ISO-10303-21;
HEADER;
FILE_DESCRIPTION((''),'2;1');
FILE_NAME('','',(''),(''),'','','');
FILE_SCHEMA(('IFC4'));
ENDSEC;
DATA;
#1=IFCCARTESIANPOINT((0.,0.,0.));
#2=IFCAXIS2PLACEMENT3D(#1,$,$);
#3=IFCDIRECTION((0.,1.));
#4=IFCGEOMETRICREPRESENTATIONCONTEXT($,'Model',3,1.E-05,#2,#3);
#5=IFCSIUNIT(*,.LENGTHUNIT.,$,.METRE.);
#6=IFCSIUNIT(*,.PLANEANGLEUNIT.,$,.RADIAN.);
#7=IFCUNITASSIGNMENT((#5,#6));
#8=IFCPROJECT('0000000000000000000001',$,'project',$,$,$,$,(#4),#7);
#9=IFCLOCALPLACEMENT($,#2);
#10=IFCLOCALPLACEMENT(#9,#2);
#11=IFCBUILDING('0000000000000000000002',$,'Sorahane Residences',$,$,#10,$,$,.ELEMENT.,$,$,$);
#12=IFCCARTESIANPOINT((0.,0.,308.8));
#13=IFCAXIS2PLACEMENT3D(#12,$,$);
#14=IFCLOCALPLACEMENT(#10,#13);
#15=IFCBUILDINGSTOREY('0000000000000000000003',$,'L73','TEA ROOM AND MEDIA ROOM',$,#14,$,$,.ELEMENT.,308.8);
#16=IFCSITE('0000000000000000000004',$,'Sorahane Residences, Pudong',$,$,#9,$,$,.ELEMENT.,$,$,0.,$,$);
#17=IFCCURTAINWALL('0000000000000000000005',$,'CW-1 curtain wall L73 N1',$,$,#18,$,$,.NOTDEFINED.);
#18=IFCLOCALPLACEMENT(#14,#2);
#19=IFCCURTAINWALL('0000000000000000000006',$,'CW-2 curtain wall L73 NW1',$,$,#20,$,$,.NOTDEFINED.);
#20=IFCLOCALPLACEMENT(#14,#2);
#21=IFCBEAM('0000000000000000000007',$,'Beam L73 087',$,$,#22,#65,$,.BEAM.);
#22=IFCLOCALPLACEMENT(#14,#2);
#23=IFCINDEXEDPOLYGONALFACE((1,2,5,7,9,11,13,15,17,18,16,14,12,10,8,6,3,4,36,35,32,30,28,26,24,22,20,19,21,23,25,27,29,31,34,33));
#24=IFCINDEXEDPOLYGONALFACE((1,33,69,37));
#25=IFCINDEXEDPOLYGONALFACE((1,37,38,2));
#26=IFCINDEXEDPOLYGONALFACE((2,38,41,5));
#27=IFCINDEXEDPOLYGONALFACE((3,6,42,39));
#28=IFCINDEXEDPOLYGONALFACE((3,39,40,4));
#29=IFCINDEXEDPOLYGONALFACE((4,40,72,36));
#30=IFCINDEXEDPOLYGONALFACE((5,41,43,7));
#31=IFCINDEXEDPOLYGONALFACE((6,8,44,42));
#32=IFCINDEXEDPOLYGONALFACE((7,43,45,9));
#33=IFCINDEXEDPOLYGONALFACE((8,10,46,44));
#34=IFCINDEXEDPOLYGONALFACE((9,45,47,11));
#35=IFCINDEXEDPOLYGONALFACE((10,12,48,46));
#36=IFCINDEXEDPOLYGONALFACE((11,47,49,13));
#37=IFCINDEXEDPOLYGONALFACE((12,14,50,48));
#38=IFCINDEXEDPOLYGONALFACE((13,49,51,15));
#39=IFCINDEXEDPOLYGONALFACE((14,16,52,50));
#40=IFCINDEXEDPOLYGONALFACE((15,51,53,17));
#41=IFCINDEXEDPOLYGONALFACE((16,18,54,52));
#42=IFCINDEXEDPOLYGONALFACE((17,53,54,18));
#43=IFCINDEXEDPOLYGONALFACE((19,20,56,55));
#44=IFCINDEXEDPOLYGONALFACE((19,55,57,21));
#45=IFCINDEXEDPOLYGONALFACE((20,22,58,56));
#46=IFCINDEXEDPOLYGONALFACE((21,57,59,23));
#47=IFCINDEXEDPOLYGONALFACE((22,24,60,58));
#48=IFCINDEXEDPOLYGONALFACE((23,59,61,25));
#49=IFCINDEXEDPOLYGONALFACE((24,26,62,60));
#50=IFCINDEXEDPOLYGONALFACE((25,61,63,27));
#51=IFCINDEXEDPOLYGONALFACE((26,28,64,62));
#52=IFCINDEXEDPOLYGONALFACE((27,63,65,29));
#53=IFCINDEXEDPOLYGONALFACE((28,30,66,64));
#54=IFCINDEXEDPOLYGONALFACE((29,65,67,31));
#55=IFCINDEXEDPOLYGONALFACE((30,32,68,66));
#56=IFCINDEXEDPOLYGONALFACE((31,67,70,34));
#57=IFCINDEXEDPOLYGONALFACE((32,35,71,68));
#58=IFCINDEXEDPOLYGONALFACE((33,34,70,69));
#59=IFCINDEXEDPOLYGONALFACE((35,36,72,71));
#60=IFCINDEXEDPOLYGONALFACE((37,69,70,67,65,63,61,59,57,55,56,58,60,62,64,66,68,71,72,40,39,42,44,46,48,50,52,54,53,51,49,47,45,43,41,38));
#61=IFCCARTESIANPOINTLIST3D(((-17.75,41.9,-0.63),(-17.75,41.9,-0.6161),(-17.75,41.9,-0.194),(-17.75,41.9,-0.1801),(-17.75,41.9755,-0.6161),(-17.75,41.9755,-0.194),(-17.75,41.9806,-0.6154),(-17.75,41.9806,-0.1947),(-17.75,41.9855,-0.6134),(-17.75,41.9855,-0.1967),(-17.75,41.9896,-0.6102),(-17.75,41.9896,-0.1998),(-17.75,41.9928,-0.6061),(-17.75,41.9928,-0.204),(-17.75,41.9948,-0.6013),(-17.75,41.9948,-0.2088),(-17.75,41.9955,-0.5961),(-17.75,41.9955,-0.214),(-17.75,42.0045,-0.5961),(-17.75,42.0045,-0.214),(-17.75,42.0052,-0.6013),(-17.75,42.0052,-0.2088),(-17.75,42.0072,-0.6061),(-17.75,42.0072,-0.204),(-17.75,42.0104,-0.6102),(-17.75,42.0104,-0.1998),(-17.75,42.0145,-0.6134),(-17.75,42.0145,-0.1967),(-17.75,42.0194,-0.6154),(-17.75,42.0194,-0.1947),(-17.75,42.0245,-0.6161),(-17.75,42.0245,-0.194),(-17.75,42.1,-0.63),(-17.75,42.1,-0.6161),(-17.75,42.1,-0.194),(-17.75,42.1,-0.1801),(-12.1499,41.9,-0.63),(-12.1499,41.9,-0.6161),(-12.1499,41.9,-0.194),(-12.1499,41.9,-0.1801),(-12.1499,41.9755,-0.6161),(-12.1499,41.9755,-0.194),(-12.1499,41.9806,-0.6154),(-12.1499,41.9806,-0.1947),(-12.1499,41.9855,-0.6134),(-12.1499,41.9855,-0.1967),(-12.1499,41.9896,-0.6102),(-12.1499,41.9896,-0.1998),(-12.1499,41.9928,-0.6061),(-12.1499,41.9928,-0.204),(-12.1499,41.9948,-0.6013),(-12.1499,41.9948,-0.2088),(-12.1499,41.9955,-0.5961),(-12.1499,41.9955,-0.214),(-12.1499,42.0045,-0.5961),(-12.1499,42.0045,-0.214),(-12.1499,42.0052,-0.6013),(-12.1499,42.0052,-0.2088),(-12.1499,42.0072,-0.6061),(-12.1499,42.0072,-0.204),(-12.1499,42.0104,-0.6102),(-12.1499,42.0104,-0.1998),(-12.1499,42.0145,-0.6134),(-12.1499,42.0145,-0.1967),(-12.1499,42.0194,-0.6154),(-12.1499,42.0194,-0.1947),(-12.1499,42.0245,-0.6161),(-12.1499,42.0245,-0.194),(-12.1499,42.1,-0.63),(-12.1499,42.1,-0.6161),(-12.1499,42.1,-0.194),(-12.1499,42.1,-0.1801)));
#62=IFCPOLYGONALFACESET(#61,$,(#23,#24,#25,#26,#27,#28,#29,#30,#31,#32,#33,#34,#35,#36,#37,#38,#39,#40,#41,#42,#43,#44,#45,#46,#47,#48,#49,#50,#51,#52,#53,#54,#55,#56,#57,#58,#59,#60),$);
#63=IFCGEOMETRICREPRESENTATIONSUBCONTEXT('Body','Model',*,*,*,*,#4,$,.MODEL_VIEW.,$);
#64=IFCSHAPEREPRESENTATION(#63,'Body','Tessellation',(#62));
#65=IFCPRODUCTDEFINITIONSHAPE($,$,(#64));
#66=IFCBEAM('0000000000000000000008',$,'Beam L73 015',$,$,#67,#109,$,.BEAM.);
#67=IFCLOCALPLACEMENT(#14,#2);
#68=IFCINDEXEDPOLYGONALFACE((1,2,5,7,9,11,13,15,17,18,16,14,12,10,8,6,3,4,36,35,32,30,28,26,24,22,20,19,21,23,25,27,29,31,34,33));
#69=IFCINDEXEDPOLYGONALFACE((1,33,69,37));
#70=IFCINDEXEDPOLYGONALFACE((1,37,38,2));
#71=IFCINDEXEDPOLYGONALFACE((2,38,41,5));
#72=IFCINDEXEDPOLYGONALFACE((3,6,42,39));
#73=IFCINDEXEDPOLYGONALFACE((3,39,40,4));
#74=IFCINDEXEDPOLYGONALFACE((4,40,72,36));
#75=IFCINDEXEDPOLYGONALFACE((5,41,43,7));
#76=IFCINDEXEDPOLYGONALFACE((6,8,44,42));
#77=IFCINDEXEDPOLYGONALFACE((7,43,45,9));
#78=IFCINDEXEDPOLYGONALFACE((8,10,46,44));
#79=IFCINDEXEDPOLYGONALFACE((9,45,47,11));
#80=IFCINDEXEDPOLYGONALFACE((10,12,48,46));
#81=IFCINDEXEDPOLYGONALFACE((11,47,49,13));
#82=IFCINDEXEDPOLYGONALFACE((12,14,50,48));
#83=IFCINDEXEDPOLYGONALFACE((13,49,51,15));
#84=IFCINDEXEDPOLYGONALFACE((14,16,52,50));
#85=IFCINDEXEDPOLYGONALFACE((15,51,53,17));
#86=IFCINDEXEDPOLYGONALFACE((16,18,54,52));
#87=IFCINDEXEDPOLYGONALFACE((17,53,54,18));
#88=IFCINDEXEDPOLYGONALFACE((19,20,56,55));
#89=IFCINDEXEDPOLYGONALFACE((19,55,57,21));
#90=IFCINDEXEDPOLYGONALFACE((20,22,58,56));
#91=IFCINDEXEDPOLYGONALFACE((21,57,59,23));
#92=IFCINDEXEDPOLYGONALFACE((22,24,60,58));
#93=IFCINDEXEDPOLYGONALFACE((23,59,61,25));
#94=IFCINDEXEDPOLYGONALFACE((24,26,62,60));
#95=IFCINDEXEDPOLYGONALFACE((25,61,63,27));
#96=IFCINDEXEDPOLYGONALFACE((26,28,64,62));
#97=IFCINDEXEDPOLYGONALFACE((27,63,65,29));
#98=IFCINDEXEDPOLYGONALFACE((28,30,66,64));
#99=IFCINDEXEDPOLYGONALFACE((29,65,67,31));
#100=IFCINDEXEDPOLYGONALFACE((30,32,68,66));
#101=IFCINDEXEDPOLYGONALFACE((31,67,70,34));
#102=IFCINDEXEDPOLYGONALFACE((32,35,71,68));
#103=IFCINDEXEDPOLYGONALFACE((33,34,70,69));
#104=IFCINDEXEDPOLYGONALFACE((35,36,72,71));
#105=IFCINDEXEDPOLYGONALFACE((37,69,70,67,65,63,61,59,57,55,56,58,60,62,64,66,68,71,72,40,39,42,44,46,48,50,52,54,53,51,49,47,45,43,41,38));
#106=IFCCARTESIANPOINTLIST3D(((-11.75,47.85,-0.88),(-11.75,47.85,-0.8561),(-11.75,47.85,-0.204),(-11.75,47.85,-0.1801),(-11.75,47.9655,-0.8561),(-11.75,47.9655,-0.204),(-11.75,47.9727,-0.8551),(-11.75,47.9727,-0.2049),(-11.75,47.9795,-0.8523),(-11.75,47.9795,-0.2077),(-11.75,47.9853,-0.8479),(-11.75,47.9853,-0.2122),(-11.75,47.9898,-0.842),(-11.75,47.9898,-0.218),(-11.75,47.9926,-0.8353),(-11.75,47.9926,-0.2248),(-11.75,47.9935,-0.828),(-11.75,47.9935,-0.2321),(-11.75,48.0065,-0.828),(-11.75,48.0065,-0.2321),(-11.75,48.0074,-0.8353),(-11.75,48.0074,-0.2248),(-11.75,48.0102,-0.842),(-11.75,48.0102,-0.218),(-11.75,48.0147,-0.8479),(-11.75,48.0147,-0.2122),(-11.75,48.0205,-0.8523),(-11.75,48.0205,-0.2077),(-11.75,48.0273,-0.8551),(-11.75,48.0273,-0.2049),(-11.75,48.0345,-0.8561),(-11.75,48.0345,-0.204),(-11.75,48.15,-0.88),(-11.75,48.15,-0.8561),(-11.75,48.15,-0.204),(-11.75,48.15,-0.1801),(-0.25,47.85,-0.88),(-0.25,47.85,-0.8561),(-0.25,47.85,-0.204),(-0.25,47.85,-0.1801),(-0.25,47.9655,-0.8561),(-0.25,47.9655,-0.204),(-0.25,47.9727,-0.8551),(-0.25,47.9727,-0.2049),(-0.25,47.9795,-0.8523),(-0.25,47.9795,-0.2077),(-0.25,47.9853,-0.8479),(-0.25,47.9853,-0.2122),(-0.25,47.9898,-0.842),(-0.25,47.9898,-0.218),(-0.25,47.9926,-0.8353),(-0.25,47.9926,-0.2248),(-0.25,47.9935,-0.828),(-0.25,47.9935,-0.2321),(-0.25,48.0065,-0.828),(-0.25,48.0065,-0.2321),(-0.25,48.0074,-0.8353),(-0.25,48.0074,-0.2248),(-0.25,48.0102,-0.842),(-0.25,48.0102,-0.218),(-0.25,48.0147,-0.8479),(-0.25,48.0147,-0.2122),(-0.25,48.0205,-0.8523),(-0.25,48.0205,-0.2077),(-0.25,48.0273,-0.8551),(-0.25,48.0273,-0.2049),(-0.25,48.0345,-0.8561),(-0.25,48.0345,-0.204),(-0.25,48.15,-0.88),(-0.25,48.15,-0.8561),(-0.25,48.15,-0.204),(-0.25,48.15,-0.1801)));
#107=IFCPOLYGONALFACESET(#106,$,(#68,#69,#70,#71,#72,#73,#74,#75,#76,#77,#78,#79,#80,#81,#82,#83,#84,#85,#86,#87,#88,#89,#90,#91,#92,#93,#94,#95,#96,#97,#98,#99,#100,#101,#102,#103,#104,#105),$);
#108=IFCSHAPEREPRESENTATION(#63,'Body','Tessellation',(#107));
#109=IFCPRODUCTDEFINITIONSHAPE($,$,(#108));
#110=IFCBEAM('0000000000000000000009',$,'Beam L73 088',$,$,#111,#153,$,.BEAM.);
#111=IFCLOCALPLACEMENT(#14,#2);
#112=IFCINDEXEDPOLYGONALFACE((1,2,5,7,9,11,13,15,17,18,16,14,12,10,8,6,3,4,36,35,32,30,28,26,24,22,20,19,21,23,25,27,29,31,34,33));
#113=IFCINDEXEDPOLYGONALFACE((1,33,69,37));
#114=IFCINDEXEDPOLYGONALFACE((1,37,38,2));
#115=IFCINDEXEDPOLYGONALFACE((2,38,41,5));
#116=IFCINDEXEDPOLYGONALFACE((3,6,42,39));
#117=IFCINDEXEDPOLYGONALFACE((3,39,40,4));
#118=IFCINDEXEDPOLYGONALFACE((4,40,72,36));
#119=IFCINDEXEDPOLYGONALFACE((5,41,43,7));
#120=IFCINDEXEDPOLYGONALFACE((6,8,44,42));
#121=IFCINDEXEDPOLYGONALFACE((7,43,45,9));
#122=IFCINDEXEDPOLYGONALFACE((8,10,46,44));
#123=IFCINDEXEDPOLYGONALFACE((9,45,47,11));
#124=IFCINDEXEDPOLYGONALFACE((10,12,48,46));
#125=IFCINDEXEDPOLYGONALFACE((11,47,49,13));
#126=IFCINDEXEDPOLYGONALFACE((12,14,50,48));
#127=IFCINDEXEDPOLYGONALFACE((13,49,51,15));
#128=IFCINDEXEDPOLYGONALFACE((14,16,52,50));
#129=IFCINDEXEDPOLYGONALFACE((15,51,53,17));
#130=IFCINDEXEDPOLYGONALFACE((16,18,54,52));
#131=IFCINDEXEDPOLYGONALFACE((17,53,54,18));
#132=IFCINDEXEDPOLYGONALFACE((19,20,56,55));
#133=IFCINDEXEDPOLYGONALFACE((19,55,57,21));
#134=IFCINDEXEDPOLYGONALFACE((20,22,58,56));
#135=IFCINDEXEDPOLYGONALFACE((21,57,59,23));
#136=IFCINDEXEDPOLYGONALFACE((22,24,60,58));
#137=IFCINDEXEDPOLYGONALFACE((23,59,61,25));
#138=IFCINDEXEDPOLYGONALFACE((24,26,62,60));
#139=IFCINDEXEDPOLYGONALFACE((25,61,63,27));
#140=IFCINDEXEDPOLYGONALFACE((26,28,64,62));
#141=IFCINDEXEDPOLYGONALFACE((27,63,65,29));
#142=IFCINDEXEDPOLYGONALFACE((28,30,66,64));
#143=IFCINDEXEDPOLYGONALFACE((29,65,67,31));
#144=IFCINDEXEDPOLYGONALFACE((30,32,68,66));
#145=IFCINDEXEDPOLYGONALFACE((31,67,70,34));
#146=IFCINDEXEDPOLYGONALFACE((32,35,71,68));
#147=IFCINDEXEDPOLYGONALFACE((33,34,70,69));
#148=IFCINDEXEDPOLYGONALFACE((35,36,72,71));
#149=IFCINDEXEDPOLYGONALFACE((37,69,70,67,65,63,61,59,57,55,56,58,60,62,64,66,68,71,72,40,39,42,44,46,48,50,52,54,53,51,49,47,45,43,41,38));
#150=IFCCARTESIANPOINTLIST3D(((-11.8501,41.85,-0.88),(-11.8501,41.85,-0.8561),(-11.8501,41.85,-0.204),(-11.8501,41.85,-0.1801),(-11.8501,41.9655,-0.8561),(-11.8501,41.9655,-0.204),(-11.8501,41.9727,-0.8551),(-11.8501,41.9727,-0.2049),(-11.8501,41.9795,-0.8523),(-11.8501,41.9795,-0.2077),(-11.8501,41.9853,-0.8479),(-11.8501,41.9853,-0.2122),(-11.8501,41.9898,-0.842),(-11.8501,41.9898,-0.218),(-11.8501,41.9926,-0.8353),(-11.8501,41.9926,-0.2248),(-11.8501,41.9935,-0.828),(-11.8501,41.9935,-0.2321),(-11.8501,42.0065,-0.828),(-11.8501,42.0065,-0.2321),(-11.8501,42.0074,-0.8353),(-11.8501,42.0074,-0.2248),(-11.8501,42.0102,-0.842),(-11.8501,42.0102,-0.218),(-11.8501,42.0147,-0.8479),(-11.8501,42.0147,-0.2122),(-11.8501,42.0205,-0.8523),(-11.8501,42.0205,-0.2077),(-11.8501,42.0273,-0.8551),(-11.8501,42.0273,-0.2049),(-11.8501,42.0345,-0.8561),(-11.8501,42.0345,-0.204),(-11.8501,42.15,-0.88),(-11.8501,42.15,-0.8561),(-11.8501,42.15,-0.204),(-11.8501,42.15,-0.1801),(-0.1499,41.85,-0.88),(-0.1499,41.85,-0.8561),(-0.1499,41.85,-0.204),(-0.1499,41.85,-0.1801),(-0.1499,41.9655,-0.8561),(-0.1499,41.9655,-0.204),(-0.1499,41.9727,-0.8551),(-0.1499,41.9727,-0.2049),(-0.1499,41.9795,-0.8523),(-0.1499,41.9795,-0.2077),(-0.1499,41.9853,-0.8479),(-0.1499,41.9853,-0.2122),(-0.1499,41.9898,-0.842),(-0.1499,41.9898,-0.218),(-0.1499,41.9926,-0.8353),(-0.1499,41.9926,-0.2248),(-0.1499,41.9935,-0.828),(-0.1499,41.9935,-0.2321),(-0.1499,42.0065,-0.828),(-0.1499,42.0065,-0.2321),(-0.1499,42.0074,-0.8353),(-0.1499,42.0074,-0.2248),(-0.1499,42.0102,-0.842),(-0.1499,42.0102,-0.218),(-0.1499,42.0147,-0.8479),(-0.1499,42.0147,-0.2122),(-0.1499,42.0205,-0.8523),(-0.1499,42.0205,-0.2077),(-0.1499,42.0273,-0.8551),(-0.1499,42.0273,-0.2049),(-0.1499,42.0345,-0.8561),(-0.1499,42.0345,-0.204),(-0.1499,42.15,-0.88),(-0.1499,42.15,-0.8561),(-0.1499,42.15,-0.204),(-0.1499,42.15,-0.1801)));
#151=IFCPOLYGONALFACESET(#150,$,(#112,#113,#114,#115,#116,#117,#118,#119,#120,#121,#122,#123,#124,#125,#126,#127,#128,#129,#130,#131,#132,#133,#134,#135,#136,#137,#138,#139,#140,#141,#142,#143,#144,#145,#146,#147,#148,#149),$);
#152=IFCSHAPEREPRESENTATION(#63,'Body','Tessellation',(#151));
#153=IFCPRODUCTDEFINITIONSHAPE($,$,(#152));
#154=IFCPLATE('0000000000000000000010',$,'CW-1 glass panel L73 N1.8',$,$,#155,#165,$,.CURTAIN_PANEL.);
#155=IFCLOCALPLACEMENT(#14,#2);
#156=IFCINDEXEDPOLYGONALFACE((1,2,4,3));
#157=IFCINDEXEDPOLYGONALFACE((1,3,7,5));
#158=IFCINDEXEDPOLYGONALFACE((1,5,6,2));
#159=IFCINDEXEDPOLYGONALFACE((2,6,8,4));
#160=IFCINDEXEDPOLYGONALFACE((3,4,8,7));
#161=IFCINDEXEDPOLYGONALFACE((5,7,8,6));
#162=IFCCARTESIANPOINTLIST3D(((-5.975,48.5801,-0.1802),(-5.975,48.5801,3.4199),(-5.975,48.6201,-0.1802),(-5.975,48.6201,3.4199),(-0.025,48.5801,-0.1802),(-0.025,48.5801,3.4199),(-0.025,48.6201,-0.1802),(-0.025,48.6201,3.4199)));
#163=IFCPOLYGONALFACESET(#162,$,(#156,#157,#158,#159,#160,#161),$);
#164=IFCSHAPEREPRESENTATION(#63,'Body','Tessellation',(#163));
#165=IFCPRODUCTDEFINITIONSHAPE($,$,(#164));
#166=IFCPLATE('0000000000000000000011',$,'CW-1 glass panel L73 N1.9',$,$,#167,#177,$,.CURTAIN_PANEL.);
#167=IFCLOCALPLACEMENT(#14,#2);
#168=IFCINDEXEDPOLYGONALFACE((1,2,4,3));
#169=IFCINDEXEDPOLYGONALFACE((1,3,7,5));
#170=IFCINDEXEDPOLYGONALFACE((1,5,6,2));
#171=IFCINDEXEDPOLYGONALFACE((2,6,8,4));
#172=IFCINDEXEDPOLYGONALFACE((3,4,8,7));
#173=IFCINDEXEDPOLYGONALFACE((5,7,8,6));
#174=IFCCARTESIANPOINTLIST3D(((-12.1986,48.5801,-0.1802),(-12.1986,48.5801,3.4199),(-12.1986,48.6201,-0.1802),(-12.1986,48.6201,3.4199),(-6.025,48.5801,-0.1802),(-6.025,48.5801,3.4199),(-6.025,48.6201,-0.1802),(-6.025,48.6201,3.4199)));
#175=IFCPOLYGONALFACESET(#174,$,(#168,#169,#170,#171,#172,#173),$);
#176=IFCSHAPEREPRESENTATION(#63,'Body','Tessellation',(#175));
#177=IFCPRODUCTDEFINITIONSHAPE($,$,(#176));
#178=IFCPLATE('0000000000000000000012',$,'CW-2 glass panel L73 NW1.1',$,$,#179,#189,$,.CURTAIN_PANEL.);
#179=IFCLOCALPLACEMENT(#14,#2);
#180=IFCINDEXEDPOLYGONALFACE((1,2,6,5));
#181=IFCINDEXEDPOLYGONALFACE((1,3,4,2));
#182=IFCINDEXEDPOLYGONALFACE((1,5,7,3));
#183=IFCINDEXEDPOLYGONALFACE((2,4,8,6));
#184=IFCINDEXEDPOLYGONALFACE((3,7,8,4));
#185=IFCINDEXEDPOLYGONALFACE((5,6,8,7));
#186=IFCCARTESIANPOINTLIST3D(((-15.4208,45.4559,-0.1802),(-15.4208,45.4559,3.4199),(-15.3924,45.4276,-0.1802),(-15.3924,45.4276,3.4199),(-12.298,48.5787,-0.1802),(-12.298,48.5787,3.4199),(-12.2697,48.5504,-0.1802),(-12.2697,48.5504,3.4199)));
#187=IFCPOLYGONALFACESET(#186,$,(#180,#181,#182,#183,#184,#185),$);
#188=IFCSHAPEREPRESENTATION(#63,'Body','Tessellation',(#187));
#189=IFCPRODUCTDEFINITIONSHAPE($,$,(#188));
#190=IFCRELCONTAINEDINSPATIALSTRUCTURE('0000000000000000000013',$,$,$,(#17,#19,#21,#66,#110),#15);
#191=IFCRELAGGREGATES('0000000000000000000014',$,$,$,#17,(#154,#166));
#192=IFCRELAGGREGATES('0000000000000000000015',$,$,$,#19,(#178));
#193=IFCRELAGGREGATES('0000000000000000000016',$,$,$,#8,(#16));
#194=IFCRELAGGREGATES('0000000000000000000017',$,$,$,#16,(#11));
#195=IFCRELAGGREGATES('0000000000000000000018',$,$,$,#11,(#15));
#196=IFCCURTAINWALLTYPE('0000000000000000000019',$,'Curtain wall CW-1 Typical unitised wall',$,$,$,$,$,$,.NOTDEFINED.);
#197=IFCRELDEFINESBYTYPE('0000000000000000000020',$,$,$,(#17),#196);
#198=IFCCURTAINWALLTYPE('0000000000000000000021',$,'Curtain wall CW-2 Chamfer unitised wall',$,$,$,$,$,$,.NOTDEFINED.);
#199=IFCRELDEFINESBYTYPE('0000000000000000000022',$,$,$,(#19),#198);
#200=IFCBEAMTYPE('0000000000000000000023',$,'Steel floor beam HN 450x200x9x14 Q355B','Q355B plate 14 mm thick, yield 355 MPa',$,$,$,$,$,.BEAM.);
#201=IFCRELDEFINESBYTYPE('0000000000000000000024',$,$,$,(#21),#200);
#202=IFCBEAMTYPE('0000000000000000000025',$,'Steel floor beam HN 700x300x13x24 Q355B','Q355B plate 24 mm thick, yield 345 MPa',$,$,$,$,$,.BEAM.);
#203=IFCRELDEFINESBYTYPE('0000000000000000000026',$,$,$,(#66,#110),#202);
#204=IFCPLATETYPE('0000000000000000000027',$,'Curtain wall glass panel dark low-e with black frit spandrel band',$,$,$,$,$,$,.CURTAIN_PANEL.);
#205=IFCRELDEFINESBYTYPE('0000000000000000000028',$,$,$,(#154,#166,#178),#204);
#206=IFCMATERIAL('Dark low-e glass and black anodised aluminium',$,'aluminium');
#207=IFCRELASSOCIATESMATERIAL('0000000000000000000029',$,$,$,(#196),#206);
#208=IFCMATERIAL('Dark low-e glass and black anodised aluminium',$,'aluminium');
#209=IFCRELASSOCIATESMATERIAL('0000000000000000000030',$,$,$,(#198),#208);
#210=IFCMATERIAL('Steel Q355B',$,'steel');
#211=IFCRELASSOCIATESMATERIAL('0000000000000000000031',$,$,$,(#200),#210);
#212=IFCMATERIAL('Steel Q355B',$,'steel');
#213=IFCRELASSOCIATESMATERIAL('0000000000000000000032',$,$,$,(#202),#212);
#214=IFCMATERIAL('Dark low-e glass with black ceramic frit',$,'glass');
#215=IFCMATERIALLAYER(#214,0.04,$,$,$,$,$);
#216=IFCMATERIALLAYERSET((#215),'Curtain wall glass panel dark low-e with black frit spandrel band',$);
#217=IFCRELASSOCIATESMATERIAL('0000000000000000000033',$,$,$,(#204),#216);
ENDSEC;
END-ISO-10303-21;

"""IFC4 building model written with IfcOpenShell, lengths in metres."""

from ifc_helpers import new_model, si_unit, direction, frame, origin, origin_2d, place, context, subcontext, project, spatial, rectangle, i_section, extrude, material, layer, layer_set, material_profile, profile_set, type_object, element, aggregate, save


model = new_model("IFC4")

# Units and contexts
model_context = context("Model", 3, precision=1e-05, world=origin(), true_north=direction((0.0, 1.0)))
body_context = subcontext(model_context, "Body", "Model", "MODEL_VIEW")
ifc_project = project(units=[si_unit("LENGTHUNIT", "METRE"), si_unit("PLANEANGLEUNIT", "RADIAN")], contexts=[model_context])

# Site, building, storey
site_placement = place(None, origin())
site = spatial("IfcSite", under=ifc_project, at=site_placement, Name="Sorahane Residences, Pudong", CompositionType="ELEMENT", RefElevation=0.0)
building_placement = place(site_placement, origin())
building = spatial("IfcBuilding", under=site, at=building_placement, Name="Sorahane Residences", CompositionType="ELEMENT")
storey_placement = place(building_placement, frame((0.0, 0.0, 308.8)))
storey = spatial("IfcBuildingStorey", under=building, at=storey_placement, Name="L73", Description="TEA ROOM AND MEDIA ROOM", CompositionType="ELEMENT", Elevation=308.8)

# Curtain walls
ifc_material_1 = material(Name="Dark low-e glass and black anodised aluminium", Category="aluminium")
curtain_wall_type_1 = type_object("IfcCurtainWallType", Name="Curtain wall CW-1 Typical unitised wall", PredefinedType="NOTDEFINED", material=ifc_material_1)
curtain_wall_1_placement = place(storey_placement, origin())
curtain_wall_1 = element("IfcCurtainWall", 1, at=curtain_wall_1_placement, inside=storey, type_object=curtain_wall_type_1, Name="CW-1 curtain wall L73 N1", PredefinedType="NOTDEFINED")
ifc_material_2 = material(Name="Dark low-e glass and black anodised aluminium", Category="aluminium")
curtain_wall_type_2 = type_object("IfcCurtainWallType", Name="Curtain wall CW-2 Chamfer unitised wall", PredefinedType="NOTDEFINED", material=ifc_material_2)
curtain_wall_2_placement = place(storey_placement, origin())
curtain_wall_2 = element("IfcCurtainWall", 2, at=curtain_wall_2_placement, inside=storey, type_object=curtain_wall_type_2, Name="CW-2 curtain wall L73 NW1", PredefinedType="NOTDEFINED")

# Beams
ifc_material_3 = material(Name="Steel Q355B", Category="steel")
ifc_material_profile_1 = material_profile(ifc_material_3, i_section(OverallWidth=0.2, OverallDepth=0.45, WebThickness=0.009, FlangeThickness=0.0139, FilletRadius=0.02, at=origin_2d()), Name="HN 450x200x9x14")
ifc_profile_set_1 = profile_set([ifc_material_profile_1], Name="Steel Q355B")
beam_type_1 = type_object("IfcBeamType", Name="Steel floor beam HN 450x200x9x14 Q355B", Description="Q355B plate 14 mm thick, yield 355 MPa", PredefinedType="BEAM", material=ifc_profile_set_1)
beam_1_placement = place(storey_placement, frame((-17.75, 42.0, -0.405), z_axis=(1.0, 0.0, 0.0), x_axis=(0.0, 1.0, 0.0)))
element("IfcBeam", 3, at=beam_1_placement, inside=storey, type_object=beam_type_1, Name="Beam L73 087", PredefinedType="BEAM", context=body_context, shape_type="SweptSolid", body=[
    extrude(i_section(OverallWidth=0.2, OverallDepth=0.45, WebThickness=0.009, FlangeThickness=0.0139, FilletRadius=0.02, at=origin_2d()), origin(), (0.0, 0.0, 1.0), 5.6001),
])
ifc_material_4 = material(Name="Steel Q355B", Category="steel")
ifc_material_profile_2 = material_profile(ifc_material_4, i_section(OverallWidth=0.3, OverallDepth=0.7, WebThickness=0.0129, FlangeThickness=0.0239, FilletRadius=0.0281, at=origin_2d()), Name="HN 700x300x13x24")
ifc_profile_set_2 = profile_set([ifc_material_profile_2], Name="Steel Q355B")
beam_type_2 = type_object("IfcBeamType", Name="Steel floor beam HN 700x300x13x24 Q355B", Description="Q355B plate 24 mm thick, yield 345 MPa", PredefinedType="BEAM", material=ifc_profile_set_2)
beam_2_placement = place(storey_placement, frame((-11.75, 48.0, -0.53), z_axis=(1.0, 0.0, 0.0), x_axis=(0.0, 1.0, 0.0)))
element("IfcBeam", 4, at=beam_2_placement, inside=storey, type_object=beam_type_2, Name="Beam L73 015", PredefinedType="BEAM", context=body_context, shape_type="SweptSolid", body=[
    extrude(i_section(OverallWidth=0.3, OverallDepth=0.7, WebThickness=0.0129, FlangeThickness=0.0239, FilletRadius=0.0281, at=origin_2d()), origin(), (0.0, 0.0, 1.0), 11.5),
])
beam_3_placement = place(storey_placement, frame((-11.8501, 42.0, -0.53), z_axis=(1.0, 0.0, 0.0), x_axis=(0.0, 1.0, 0.0)))
element("IfcBeam", 5, at=beam_3_placement, inside=storey, type_object=beam_type_2, Name="Beam L73 088", PredefinedType="BEAM", context=body_context, shape_type="SweptSolid", body=[
    extrude(i_section(OverallWidth=0.3, OverallDepth=0.7, WebThickness=0.0129, FlangeThickness=0.0239, FilletRadius=0.0281, at=origin_2d()), origin(), (0.0, 0.0, 1.0), 11.7002),
])

# Plates
ifc_material_5 = material(Name="Dark low-e glass with black ceramic frit", Category="glass")
ifc_layer_1 = layer(ifc_material_5, 0.04)
ifc_layer_set_1 = layer_set([ifc_layer_1], Name="Curtain wall glass panel dark low-e with black frit spandrel band")
plate_type = type_object("IfcPlateType", Name="Curtain wall glass panel dark low-e with black frit spandrel band", PredefinedType="CURTAIN_PANEL", material=ifc_layer_set_1)
plate_1_placement = place(storey_placement, frame((-3.0, 48.6001, -0.1802), z_axis=(0.0, 0.0, 1.0), x_axis=(-1.0, 0.0, 0.0)))
plate_1 = element("IfcPlate", 6, at=plate_1_placement, type_object=plate_type, Name="CW-1 glass panel L73 N1.8", PredefinedType="CURTAIN_PANEL", context=body_context, shape_type="SweptSolid", body=[
    extrude(rectangle(XDim=5.95, YDim=0.04, at=origin_2d()), origin(), (0.0, 0.0, 1.0), 3.6001),
])
plate_2_placement = place(storey_placement, frame((-9.1118, 48.6001, -0.1802), z_axis=(0.0, 0.0, 1.0), x_axis=(-1.0, 0.0, 0.0)))
plate_2 = element("IfcPlate", 7, at=plate_2_placement, type_object=plate_type, Name="CW-1 glass panel L73 N1.9", PredefinedType="CURTAIN_PANEL", context=body_context, shape_type="SweptSolid", body=[
    extrude(rectangle(XDim=6.1736, YDim=0.04, at=origin_2d()), origin(), (0.0, 0.0, 1.0), 3.6001),
])
aggregate(curtain_wall_1, [plate_1, plate_2])
plate_3_placement = place(storey_placement, frame((-13.8452, 47.0032, -0.1802), z_axis=(0.0, 0.0, 1.0), x_axis=(-0.707107, -0.707107, 0.0)))
plate_3 = element("IfcPlate", 8, at=plate_3_placement, type_object=plate_type, Name="CW-2 glass panel L73 NW1.1", PredefinedType="CURTAIN_PANEL", context=body_context, shape_type="SweptSolid", body=[
    extrude(rectangle(XDim=4.4163, YDim=0.04, at=origin_2d()), origin(), (0.0, 0.0, 1.0), 3.6001),
])
aggregate(curtain_wall_2, [plate_3])

save(model, "model.ifc")
